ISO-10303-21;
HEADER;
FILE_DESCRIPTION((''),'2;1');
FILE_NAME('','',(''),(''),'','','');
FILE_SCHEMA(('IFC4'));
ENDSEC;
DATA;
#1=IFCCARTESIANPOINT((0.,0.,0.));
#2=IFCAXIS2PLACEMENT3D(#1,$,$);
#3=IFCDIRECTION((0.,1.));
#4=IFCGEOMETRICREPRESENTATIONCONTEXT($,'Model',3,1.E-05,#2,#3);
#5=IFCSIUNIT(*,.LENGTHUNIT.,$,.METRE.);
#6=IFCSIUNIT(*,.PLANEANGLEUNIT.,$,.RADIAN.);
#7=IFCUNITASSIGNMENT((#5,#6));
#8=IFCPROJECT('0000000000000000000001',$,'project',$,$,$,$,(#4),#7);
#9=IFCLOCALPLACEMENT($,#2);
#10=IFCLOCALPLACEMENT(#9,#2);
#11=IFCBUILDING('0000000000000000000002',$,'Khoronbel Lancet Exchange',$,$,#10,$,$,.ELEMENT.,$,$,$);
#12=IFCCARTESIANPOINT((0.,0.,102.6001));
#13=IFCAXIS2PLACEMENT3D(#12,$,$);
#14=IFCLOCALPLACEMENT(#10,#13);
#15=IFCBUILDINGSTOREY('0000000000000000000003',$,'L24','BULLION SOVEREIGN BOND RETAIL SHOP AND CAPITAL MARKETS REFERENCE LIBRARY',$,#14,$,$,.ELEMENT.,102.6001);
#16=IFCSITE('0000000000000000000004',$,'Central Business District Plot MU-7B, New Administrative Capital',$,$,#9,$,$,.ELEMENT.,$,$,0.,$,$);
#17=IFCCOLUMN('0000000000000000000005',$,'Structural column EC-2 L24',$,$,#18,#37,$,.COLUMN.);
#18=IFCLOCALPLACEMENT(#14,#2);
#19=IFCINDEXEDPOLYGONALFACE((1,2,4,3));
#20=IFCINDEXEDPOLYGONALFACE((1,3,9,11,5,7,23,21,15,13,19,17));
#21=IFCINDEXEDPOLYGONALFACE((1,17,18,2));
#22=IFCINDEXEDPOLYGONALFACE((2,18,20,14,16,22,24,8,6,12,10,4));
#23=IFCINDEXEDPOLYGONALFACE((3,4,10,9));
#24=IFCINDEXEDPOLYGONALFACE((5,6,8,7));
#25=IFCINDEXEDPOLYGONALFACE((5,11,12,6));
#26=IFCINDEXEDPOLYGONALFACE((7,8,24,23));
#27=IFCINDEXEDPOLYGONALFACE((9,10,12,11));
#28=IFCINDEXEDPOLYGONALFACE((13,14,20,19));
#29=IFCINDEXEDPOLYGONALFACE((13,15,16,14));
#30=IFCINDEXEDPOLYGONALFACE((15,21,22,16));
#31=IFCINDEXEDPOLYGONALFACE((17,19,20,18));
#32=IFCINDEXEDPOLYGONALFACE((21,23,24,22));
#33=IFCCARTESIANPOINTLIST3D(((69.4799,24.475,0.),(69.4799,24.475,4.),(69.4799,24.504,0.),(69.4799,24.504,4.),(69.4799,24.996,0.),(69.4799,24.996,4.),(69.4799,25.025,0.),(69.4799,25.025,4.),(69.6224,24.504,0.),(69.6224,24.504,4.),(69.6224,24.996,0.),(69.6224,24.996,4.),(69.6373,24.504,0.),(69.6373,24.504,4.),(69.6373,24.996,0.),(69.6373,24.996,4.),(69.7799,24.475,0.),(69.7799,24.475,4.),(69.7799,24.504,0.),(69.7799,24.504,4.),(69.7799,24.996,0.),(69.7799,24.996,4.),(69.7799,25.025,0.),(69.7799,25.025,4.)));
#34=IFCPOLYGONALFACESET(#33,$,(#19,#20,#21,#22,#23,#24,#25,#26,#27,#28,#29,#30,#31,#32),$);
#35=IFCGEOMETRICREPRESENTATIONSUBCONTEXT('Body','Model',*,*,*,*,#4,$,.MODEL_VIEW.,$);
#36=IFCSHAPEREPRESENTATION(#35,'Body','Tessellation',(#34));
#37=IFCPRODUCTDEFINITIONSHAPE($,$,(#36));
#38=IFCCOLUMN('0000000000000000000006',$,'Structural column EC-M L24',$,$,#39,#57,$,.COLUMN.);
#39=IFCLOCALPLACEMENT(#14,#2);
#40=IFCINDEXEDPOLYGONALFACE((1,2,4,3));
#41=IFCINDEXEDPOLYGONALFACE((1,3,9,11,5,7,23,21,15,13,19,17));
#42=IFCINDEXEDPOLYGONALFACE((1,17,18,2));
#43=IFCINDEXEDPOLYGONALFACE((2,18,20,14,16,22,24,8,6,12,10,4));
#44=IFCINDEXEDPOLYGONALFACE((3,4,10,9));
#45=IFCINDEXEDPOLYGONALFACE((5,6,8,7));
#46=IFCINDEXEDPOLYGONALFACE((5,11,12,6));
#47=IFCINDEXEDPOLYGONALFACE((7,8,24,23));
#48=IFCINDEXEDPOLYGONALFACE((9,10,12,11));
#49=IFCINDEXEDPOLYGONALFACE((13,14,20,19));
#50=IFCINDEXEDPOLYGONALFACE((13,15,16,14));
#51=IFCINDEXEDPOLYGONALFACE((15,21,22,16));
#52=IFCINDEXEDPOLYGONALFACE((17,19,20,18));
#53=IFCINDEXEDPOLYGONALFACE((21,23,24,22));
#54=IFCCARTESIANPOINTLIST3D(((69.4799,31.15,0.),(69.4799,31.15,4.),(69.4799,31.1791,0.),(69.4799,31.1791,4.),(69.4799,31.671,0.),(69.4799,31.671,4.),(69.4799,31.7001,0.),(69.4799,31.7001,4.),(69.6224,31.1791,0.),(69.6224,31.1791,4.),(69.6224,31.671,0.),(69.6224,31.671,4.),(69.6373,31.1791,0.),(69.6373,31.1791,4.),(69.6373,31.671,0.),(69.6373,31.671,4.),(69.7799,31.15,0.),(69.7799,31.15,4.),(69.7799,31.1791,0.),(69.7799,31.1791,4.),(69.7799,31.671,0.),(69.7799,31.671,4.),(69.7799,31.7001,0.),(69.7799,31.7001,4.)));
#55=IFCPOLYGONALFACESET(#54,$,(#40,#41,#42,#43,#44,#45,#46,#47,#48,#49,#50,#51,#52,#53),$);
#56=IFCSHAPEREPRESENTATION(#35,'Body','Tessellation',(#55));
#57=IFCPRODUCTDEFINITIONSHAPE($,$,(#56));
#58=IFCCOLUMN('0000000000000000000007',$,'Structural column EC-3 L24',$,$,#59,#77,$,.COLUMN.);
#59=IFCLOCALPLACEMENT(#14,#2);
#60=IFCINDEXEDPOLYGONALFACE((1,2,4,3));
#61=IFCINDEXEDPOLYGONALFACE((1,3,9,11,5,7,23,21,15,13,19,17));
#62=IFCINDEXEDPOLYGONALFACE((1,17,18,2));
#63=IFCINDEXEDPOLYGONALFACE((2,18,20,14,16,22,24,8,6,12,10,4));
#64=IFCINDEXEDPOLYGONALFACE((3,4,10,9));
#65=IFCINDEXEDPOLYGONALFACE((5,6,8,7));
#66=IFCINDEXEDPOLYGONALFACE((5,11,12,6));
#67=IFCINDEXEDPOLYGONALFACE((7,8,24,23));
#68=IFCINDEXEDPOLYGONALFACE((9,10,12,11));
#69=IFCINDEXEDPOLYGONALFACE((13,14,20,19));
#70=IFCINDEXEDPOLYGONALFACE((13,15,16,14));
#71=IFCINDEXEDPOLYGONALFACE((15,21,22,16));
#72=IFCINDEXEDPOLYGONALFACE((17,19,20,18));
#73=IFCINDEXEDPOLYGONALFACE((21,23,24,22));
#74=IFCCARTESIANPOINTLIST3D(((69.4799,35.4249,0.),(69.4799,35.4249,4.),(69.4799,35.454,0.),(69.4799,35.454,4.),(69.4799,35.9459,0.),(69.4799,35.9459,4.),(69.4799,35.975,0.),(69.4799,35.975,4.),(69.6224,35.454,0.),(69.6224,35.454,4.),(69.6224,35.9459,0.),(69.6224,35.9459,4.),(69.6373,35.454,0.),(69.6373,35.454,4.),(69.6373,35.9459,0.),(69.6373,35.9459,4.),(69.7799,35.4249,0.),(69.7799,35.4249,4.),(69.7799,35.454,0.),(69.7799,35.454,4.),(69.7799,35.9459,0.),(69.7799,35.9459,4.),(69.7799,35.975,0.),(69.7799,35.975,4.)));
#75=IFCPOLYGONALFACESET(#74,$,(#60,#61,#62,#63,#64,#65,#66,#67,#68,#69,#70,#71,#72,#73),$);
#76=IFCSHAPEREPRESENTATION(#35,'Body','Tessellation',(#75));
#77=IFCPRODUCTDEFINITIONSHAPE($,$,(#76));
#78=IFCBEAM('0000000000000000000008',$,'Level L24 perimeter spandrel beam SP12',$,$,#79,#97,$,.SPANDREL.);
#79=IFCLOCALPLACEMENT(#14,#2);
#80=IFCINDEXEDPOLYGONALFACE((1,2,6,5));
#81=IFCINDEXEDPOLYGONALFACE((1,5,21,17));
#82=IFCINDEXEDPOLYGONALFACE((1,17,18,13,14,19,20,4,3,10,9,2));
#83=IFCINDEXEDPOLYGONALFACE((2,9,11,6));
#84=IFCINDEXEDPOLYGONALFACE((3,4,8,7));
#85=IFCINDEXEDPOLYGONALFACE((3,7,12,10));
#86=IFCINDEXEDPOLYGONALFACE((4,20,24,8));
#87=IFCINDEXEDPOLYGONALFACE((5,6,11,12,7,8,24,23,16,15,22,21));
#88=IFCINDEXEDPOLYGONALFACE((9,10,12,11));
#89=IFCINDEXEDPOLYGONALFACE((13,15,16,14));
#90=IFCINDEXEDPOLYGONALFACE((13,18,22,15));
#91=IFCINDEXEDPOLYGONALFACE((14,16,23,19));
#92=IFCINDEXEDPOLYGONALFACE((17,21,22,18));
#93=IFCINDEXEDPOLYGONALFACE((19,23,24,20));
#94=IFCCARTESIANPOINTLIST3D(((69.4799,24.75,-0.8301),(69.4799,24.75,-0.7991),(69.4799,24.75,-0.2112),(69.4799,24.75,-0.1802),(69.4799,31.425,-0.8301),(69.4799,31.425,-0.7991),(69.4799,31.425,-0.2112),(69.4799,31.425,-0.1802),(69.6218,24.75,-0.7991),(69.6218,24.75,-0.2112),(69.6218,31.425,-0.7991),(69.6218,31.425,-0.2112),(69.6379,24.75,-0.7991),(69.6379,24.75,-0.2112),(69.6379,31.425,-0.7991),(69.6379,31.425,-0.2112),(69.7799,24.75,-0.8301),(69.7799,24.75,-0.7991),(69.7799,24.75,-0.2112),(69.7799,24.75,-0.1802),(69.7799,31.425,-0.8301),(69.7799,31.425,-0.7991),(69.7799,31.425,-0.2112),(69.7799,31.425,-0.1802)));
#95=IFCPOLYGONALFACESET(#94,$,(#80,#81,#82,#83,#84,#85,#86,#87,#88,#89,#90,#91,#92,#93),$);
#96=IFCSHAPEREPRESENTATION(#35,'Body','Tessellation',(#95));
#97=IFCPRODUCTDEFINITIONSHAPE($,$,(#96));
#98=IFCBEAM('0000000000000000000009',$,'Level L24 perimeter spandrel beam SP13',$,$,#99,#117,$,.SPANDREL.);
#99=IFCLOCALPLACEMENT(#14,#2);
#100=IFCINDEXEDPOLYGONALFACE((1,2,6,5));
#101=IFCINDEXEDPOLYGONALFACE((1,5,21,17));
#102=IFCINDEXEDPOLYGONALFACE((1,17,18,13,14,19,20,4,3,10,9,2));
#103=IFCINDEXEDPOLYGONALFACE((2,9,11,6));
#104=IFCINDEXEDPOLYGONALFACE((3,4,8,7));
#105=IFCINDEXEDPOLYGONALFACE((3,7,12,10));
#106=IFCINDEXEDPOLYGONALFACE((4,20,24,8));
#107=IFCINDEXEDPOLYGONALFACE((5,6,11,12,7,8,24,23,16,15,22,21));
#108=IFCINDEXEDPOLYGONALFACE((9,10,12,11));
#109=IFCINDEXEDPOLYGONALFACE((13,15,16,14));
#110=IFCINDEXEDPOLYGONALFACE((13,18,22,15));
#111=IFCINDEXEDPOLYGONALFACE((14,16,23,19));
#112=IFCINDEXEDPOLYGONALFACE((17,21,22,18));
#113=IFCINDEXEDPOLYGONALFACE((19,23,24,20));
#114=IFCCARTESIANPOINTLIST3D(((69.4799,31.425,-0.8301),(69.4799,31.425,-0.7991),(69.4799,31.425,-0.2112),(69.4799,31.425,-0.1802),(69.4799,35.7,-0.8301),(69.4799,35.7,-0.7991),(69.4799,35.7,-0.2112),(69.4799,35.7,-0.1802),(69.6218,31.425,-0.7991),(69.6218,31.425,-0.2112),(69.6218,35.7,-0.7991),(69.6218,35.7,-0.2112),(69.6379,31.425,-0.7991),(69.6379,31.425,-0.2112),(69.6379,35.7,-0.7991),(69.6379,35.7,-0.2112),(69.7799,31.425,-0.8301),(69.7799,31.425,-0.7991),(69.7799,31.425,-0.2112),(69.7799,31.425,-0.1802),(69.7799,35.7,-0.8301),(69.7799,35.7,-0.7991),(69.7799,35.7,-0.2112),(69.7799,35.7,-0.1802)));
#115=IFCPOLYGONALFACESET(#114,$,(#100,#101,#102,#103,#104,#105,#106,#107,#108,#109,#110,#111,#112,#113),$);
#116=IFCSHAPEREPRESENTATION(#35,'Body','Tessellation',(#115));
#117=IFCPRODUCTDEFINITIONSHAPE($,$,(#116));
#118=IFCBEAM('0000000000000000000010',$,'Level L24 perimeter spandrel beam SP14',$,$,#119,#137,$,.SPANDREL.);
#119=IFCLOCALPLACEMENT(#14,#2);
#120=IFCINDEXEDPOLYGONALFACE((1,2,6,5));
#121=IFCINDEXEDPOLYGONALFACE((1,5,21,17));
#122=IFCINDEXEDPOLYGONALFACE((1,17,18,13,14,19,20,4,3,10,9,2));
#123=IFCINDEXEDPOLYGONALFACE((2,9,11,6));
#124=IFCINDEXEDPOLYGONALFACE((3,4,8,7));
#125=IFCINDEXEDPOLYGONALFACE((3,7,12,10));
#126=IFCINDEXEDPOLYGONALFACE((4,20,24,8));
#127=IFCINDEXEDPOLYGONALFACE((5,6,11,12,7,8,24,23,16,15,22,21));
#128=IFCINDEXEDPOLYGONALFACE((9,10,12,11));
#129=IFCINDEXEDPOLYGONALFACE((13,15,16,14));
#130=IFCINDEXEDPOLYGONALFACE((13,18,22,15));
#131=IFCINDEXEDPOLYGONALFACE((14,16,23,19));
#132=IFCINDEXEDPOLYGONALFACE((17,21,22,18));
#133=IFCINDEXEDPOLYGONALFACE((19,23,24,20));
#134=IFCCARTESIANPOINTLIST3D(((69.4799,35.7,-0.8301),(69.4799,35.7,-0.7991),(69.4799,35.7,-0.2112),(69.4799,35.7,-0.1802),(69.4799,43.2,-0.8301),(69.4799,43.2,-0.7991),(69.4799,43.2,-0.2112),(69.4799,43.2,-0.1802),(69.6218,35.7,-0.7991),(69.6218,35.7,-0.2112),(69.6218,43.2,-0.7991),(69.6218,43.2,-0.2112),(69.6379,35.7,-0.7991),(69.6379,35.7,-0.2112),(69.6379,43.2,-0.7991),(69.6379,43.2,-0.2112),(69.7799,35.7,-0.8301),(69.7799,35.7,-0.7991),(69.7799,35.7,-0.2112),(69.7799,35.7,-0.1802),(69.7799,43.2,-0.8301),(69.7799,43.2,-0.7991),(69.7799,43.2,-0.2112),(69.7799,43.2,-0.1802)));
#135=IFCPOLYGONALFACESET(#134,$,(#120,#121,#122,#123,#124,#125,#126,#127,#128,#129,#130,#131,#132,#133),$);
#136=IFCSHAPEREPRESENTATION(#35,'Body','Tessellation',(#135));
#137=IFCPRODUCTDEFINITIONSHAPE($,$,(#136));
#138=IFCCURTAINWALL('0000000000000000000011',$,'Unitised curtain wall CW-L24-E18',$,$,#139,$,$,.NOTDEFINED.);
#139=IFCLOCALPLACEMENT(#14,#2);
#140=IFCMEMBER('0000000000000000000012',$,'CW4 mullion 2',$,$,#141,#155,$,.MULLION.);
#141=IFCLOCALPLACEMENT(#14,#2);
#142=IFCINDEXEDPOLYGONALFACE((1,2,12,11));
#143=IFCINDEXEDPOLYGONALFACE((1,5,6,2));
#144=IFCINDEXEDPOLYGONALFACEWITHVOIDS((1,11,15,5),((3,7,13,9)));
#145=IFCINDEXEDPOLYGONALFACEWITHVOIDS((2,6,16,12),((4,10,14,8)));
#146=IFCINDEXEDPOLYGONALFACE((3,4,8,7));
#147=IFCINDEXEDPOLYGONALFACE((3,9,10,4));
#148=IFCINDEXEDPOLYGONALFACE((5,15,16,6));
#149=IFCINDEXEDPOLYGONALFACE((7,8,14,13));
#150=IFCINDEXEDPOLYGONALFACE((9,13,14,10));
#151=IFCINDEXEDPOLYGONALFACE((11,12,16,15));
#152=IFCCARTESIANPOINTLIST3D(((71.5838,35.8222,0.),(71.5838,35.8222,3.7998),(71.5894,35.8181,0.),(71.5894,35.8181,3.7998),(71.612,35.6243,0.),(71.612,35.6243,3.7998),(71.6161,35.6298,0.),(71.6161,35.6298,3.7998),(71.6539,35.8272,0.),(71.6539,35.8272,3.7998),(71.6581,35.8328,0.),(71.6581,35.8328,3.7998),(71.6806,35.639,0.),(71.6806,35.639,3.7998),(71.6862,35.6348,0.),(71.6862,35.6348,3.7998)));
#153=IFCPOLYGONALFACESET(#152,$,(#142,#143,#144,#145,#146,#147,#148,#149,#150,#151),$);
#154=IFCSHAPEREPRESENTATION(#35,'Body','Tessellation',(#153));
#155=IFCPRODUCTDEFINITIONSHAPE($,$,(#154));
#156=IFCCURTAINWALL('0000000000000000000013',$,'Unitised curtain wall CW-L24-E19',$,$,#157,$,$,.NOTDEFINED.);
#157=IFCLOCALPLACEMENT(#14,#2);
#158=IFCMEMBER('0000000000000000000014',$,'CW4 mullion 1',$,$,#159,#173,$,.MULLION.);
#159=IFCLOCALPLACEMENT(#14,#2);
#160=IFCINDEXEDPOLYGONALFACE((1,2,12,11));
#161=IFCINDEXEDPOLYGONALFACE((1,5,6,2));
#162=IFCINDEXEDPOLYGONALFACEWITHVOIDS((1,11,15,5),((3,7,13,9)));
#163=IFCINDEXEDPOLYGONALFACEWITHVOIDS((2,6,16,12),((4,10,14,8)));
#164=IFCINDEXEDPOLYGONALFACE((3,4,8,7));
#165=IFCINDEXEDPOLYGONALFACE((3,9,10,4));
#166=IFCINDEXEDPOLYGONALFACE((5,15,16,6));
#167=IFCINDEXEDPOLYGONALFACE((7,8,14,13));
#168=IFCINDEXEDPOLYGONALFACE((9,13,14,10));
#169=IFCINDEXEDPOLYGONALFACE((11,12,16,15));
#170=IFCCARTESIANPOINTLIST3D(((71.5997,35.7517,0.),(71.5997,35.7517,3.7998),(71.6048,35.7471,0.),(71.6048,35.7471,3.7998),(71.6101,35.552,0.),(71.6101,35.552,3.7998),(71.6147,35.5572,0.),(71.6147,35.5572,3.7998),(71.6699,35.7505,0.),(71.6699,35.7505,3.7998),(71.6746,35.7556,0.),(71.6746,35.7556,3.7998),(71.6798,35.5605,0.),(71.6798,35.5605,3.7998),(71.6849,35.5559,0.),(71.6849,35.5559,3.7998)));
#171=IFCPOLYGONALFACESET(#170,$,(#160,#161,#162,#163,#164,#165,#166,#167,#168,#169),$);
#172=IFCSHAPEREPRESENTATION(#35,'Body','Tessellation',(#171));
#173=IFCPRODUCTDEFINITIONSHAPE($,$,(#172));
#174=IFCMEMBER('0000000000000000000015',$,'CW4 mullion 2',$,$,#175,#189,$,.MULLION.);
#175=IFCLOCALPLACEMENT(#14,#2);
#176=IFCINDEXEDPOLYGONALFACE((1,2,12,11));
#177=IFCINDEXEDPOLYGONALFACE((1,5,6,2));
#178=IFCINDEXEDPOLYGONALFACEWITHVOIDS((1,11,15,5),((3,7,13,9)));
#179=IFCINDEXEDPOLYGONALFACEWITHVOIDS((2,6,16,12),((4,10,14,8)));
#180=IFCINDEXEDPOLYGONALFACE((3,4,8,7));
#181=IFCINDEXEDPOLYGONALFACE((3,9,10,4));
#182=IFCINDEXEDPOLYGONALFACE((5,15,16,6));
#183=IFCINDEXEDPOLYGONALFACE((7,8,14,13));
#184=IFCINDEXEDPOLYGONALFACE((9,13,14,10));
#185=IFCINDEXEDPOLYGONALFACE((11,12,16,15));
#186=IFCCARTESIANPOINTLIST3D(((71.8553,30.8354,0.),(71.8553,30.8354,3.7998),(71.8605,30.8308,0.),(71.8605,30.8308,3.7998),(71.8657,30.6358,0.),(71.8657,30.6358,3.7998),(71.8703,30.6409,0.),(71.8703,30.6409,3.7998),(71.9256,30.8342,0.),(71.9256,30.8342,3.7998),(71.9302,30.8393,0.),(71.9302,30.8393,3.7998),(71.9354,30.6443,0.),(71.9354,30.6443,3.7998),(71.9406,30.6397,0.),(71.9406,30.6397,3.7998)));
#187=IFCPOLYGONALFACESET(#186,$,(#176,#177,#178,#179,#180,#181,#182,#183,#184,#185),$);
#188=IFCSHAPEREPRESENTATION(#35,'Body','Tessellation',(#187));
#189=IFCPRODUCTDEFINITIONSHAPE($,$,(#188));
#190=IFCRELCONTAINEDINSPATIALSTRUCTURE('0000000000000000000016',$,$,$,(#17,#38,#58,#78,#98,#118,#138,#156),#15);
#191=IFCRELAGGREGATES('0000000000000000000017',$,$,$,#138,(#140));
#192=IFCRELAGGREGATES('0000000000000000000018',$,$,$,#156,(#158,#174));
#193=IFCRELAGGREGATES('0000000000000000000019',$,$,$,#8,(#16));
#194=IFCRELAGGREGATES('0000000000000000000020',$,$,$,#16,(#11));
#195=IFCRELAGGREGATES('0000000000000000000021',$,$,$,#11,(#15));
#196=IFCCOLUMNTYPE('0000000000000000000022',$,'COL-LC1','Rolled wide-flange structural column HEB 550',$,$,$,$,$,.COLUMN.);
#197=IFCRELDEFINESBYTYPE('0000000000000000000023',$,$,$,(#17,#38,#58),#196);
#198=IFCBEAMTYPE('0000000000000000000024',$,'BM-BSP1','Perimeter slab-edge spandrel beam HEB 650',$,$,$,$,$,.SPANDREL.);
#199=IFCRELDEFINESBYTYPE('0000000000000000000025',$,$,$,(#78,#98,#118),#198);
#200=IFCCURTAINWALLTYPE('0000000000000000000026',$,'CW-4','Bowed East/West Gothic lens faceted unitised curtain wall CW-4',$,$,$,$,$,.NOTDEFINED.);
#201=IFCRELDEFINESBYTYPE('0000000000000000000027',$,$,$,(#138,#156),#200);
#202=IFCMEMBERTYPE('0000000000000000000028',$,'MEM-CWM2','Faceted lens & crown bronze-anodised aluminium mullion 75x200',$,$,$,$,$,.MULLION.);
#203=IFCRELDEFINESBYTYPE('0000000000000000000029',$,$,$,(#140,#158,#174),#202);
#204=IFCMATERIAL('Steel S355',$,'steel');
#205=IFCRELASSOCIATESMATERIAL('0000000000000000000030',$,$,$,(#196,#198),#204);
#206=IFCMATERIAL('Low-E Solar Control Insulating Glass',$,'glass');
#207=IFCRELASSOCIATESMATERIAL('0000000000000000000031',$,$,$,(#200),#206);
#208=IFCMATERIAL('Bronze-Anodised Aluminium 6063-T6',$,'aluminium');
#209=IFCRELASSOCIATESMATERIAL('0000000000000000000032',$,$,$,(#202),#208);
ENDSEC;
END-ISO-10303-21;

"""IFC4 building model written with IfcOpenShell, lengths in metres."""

from ifc_helpers import new_model, si_unit, direction, frame, origin, origin_2d, place, context, subcontext, project, spatial, hollow_rectangle, i_section, extrude, material, material_profile, profile_set, type_object, element, aggregate, save


model = new_model("IFC4")

# Units and contexts
model_context = context("Model", 3, precision=1e-05, world=origin(), true_north=direction((0.0, 1.0)))
body_context = subcontext(model_context, "Body", "Model", "MODEL_VIEW")
ifc_project = project(units=[si_unit("LENGTHUNIT", "METRE"), si_unit("PLANEANGLEUNIT", "RADIAN")], contexts=[model_context])

# Site, building, storey
site_placement = place(None, origin())
site = spatial("IfcSite", under=ifc_project, at=site_placement, Name="Central Business District Plot MU-7B, New Administrative Capital", CompositionType="ELEMENT", RefElevation=0.0)
building_placement = place(site_placement, origin())
building = spatial("IfcBuilding", under=site, at=building_placement, Name="Khoronbel Lancet Exchange", CompositionType="ELEMENT")
storey_placement = place(building_placement, frame((0.0, 0.0, 102.6001)))
storey = spatial("IfcBuildingStorey", under=building, at=storey_placement, Name="L24", Description="BULLION SOVEREIGN BOND RETAIL SHOP AND CAPITAL MARKETS REFERENCE LIBRARY", CompositionType="ELEMENT", Elevation=102.6001)

# Columns
ifc_material_1 = material(Name="Steel S355", Category="steel")
ifc_material_profile_1 = material_profile(ifc_material_1, i_section(OverallWidth=0.3, OverallDepth=0.55, WebThickness=0.0149, FlangeThickness=0.0291, at=origin_2d()), Name="HEB 550")
ifc_profile_set_1 = profile_set([ifc_material_profile_1], Name="Steel S355")
column_type = type_object("IfcColumnType", Name="COL-LC1", Description="Rolled wide-flange structural column HEB 550", PredefinedType="COLUMN", material=ifc_profile_set_1)
for number, where, z_axis, x_axis, name in (
    (1, (69.6299, 24.75, 0.0), (0.0, 0.0, 1.0), (1.0, 0.0, 0.0), "Structural column EC-2 L24"),
    (2, (69.6299, 31.425, 0.0), (0.0, 0.0, 1.0), (1.0, 0.0, 0.0), "Structural column EC-M L24"),
    (3, (69.6299, 35.7, 0.0), (0.0, 0.0, 1.0), (1.0, 0.0, 0.0), "Structural column EC-3 L24"),
):
    element("IfcColumn", number, at=place(storey_placement, frame(where, z_axis=z_axis, x_axis=x_axis)), inside=storey, type_object=column_type, Name=name, PredefinedType="COLUMN", context=body_context, shape_type="SweptSolid", body=[
        extrude(i_section(OverallWidth=0.3, OverallDepth=0.55, WebThickness=0.0149, FlangeThickness=0.0291, at=origin_2d()), origin(), (0.0, 0.0, 1.0), 4.0),
    ])

# Beams
ifc_material_profile_2 = material_profile(ifc_material_1, i_section(OverallWidth=0.3, OverallDepth=0.6499, WebThickness=0.0161, FlangeThickness=0.031, at=origin_2d()), Name="HEB 650")
ifc_profile_set_2 = profile_set([ifc_material_profile_2], Name="Steel S355")
beam_type = type_object("IfcBeamType", Name="BM-BSP1", Description="Perimeter slab-edge spandrel beam HEB 650", PredefinedType="SPANDREL", material=ifc_profile_set_2)
beam_1_placement = place(storey_placement, frame((69.6299, 24.75, -0.5051), z_axis=(0.0, 1.0, 0.0), x_axis=(-1.0, 0.0, 0.0)))
element("IfcBeam", 4, at=beam_1_placement, inside=storey, type_object=beam_type, Name="Level L24 perimeter spandrel beam SP12", PredefinedType="SPANDREL", context=body_context, shape_type="SweptSolid", body=[
    extrude(i_section(OverallWidth=0.3, OverallDepth=0.6499, WebThickness=0.0161, FlangeThickness=0.031, at=origin_2d()), origin(), (0.0, 0.0, 1.0), 6.675),
])
beam_2_placement = place(storey_placement, frame((69.6299, 31.425, -0.5051), z_axis=(0.0, 1.0, 0.0), x_axis=(-1.0, 0.0, 0.0)))
element("IfcBeam", 5, at=beam_2_placement, inside=storey, type_object=beam_type, Name="Level L24 perimeter spandrel beam SP13", PredefinedType="SPANDREL", context=body_context, shape_type="SweptSolid", body=[
    extrude(i_section(OverallWidth=0.3, OverallDepth=0.6499, WebThickness=0.0161, FlangeThickness=0.031, at=origin_2d()), origin(), (0.0, 0.0, 1.0), 4.2749),
])
beam_3_placement = place(storey_placement, frame((69.6299, 35.7, -0.5051), z_axis=(0.0, 1.0, 0.0), x_axis=(-1.0, 0.0, 0.0)))
element("IfcBeam", 6, at=beam_3_placement, inside=storey, type_object=beam_type, Name="Level L24 perimeter spandrel beam SP14", PredefinedType="SPANDREL", context=body_context, shape_type="SweptSolid", body=[
    extrude(i_section(OverallWidth=0.3, OverallDepth=0.6499, WebThickness=0.0161, FlangeThickness=0.031, at=origin_2d()), origin(), (0.0, 0.0, 1.0), 7.5),
])

# Curtain wall, member
ifc_material_2 = material(Name="Low-E Solar Control Insulating Glass", Category="glass")
curtain_wall_type = type_object("IfcCurtainWallType", Name="CW-4", Description="Bowed East/West Gothic lens faceted unitised curtain wall CW-4", PredefinedType="NOTDEFINED", material=ifc_material_2)
curtain_wall_1_placement = place(storey_placement, origin())
curtain_wall_1 = element("IfcCurtainWall", 7, at=curtain_wall_1_placement, inside=storey, type_object=curtain_wall_type, Name="Unitised curtain wall CW-L24-E18", PredefinedType="NOTDEFINED")
ifc_material_3 = material(Name="Bronze-Anodised Aluminium 6063-T6", Category="aluminium")
ifc_material_profile_3 = material_profile(ifc_material_3, hollow_rectangle(XDim=0.075, YDim=0.2, WallThickness=0.0049, at=origin_2d()), Name="ALU MULLION 75x200")
ifc_profile_set_3 = profile_set([ifc_material_profile_3], Name="Bronze-Anodised Aluminium 6063-T6")
member_type_1 = type_object("IfcMemberType", Name="MEM-CWM2", Description="Faceted lens & crown bronze-anodised aluminium mullion 75x200", PredefinedType="MULLION", material=ifc_profile_set_3)
member_1_placement = place(storey_placement, frame((71.635, 35.7285, 0.0), z_axis=(0.0, 0.0, 1.0), x_axis=(0.990066, 0.140605, 0.0)))
member_1 = element("IfcMember", 8, at=member_1_placement, type_object=member_type_1, Name="CW4 mullion 2", PredefinedType="MULLION", context=body_context, shape_type="SweptSolid", body=[
    extrude(hollow_rectangle(XDim=0.075, YDim=0.2, WallThickness=0.0049, at=origin_2d()), origin(), (0.0, 0.0, 1.0), 3.7998),
])

# Curtain wall, members
curtain_wall_2_placement = place(storey_placement, origin())
curtain_wall_2 = element("IfcCurtainWall", 9, at=curtain_wall_2_placement, inside=storey, type_object=curtain_wall_type, Name="Unitised curtain wall CW-L24-E19", PredefinedType="NOTDEFINED")
member_2_placement = place(storey_placement, frame((71.6423, 35.6538, 0.0), z_axis=(0.0, 0.0, 1.0), x_axis=(0.998651, 0.05192, 0.0)))
member_2 = element("IfcMember", 10, at=member_2_placement, type_object=member_type_1, Name="CW4 mullion 1", PredefinedType="MULLION", context=body_context, shape_type="SweptSolid", body=[
    extrude(hollow_rectangle(XDim=0.075, YDim=0.2, WallThickness=0.0049, at=origin_2d()), origin(), (0.0, 0.0, 1.0), 3.7998),
])
member_3_placement = place(storey_placement, frame((71.8979, 30.7375, 0.0), z_axis=(0.0, 0.0, 1.0), x_axis=(0.998651, 0.05192, 0.0)))
member_3 = element("IfcMember", 11, at=member_3_placement, type_object=member_type_1, Name="CW4 mullion 2", PredefinedType="MULLION", context=body_context, shape_type="SweptSolid", body=[
    extrude(hollow_rectangle(XDim=0.075, YDim=0.2, WallThickness=0.0049, at=origin_2d()), origin(), (0.0, 0.0, 1.0), 3.7998),
])

aggregate(curtain_wall_1, [member_1])
aggregate(curtain_wall_2, [member_2, member_3])

save(model, "model.ifc")
